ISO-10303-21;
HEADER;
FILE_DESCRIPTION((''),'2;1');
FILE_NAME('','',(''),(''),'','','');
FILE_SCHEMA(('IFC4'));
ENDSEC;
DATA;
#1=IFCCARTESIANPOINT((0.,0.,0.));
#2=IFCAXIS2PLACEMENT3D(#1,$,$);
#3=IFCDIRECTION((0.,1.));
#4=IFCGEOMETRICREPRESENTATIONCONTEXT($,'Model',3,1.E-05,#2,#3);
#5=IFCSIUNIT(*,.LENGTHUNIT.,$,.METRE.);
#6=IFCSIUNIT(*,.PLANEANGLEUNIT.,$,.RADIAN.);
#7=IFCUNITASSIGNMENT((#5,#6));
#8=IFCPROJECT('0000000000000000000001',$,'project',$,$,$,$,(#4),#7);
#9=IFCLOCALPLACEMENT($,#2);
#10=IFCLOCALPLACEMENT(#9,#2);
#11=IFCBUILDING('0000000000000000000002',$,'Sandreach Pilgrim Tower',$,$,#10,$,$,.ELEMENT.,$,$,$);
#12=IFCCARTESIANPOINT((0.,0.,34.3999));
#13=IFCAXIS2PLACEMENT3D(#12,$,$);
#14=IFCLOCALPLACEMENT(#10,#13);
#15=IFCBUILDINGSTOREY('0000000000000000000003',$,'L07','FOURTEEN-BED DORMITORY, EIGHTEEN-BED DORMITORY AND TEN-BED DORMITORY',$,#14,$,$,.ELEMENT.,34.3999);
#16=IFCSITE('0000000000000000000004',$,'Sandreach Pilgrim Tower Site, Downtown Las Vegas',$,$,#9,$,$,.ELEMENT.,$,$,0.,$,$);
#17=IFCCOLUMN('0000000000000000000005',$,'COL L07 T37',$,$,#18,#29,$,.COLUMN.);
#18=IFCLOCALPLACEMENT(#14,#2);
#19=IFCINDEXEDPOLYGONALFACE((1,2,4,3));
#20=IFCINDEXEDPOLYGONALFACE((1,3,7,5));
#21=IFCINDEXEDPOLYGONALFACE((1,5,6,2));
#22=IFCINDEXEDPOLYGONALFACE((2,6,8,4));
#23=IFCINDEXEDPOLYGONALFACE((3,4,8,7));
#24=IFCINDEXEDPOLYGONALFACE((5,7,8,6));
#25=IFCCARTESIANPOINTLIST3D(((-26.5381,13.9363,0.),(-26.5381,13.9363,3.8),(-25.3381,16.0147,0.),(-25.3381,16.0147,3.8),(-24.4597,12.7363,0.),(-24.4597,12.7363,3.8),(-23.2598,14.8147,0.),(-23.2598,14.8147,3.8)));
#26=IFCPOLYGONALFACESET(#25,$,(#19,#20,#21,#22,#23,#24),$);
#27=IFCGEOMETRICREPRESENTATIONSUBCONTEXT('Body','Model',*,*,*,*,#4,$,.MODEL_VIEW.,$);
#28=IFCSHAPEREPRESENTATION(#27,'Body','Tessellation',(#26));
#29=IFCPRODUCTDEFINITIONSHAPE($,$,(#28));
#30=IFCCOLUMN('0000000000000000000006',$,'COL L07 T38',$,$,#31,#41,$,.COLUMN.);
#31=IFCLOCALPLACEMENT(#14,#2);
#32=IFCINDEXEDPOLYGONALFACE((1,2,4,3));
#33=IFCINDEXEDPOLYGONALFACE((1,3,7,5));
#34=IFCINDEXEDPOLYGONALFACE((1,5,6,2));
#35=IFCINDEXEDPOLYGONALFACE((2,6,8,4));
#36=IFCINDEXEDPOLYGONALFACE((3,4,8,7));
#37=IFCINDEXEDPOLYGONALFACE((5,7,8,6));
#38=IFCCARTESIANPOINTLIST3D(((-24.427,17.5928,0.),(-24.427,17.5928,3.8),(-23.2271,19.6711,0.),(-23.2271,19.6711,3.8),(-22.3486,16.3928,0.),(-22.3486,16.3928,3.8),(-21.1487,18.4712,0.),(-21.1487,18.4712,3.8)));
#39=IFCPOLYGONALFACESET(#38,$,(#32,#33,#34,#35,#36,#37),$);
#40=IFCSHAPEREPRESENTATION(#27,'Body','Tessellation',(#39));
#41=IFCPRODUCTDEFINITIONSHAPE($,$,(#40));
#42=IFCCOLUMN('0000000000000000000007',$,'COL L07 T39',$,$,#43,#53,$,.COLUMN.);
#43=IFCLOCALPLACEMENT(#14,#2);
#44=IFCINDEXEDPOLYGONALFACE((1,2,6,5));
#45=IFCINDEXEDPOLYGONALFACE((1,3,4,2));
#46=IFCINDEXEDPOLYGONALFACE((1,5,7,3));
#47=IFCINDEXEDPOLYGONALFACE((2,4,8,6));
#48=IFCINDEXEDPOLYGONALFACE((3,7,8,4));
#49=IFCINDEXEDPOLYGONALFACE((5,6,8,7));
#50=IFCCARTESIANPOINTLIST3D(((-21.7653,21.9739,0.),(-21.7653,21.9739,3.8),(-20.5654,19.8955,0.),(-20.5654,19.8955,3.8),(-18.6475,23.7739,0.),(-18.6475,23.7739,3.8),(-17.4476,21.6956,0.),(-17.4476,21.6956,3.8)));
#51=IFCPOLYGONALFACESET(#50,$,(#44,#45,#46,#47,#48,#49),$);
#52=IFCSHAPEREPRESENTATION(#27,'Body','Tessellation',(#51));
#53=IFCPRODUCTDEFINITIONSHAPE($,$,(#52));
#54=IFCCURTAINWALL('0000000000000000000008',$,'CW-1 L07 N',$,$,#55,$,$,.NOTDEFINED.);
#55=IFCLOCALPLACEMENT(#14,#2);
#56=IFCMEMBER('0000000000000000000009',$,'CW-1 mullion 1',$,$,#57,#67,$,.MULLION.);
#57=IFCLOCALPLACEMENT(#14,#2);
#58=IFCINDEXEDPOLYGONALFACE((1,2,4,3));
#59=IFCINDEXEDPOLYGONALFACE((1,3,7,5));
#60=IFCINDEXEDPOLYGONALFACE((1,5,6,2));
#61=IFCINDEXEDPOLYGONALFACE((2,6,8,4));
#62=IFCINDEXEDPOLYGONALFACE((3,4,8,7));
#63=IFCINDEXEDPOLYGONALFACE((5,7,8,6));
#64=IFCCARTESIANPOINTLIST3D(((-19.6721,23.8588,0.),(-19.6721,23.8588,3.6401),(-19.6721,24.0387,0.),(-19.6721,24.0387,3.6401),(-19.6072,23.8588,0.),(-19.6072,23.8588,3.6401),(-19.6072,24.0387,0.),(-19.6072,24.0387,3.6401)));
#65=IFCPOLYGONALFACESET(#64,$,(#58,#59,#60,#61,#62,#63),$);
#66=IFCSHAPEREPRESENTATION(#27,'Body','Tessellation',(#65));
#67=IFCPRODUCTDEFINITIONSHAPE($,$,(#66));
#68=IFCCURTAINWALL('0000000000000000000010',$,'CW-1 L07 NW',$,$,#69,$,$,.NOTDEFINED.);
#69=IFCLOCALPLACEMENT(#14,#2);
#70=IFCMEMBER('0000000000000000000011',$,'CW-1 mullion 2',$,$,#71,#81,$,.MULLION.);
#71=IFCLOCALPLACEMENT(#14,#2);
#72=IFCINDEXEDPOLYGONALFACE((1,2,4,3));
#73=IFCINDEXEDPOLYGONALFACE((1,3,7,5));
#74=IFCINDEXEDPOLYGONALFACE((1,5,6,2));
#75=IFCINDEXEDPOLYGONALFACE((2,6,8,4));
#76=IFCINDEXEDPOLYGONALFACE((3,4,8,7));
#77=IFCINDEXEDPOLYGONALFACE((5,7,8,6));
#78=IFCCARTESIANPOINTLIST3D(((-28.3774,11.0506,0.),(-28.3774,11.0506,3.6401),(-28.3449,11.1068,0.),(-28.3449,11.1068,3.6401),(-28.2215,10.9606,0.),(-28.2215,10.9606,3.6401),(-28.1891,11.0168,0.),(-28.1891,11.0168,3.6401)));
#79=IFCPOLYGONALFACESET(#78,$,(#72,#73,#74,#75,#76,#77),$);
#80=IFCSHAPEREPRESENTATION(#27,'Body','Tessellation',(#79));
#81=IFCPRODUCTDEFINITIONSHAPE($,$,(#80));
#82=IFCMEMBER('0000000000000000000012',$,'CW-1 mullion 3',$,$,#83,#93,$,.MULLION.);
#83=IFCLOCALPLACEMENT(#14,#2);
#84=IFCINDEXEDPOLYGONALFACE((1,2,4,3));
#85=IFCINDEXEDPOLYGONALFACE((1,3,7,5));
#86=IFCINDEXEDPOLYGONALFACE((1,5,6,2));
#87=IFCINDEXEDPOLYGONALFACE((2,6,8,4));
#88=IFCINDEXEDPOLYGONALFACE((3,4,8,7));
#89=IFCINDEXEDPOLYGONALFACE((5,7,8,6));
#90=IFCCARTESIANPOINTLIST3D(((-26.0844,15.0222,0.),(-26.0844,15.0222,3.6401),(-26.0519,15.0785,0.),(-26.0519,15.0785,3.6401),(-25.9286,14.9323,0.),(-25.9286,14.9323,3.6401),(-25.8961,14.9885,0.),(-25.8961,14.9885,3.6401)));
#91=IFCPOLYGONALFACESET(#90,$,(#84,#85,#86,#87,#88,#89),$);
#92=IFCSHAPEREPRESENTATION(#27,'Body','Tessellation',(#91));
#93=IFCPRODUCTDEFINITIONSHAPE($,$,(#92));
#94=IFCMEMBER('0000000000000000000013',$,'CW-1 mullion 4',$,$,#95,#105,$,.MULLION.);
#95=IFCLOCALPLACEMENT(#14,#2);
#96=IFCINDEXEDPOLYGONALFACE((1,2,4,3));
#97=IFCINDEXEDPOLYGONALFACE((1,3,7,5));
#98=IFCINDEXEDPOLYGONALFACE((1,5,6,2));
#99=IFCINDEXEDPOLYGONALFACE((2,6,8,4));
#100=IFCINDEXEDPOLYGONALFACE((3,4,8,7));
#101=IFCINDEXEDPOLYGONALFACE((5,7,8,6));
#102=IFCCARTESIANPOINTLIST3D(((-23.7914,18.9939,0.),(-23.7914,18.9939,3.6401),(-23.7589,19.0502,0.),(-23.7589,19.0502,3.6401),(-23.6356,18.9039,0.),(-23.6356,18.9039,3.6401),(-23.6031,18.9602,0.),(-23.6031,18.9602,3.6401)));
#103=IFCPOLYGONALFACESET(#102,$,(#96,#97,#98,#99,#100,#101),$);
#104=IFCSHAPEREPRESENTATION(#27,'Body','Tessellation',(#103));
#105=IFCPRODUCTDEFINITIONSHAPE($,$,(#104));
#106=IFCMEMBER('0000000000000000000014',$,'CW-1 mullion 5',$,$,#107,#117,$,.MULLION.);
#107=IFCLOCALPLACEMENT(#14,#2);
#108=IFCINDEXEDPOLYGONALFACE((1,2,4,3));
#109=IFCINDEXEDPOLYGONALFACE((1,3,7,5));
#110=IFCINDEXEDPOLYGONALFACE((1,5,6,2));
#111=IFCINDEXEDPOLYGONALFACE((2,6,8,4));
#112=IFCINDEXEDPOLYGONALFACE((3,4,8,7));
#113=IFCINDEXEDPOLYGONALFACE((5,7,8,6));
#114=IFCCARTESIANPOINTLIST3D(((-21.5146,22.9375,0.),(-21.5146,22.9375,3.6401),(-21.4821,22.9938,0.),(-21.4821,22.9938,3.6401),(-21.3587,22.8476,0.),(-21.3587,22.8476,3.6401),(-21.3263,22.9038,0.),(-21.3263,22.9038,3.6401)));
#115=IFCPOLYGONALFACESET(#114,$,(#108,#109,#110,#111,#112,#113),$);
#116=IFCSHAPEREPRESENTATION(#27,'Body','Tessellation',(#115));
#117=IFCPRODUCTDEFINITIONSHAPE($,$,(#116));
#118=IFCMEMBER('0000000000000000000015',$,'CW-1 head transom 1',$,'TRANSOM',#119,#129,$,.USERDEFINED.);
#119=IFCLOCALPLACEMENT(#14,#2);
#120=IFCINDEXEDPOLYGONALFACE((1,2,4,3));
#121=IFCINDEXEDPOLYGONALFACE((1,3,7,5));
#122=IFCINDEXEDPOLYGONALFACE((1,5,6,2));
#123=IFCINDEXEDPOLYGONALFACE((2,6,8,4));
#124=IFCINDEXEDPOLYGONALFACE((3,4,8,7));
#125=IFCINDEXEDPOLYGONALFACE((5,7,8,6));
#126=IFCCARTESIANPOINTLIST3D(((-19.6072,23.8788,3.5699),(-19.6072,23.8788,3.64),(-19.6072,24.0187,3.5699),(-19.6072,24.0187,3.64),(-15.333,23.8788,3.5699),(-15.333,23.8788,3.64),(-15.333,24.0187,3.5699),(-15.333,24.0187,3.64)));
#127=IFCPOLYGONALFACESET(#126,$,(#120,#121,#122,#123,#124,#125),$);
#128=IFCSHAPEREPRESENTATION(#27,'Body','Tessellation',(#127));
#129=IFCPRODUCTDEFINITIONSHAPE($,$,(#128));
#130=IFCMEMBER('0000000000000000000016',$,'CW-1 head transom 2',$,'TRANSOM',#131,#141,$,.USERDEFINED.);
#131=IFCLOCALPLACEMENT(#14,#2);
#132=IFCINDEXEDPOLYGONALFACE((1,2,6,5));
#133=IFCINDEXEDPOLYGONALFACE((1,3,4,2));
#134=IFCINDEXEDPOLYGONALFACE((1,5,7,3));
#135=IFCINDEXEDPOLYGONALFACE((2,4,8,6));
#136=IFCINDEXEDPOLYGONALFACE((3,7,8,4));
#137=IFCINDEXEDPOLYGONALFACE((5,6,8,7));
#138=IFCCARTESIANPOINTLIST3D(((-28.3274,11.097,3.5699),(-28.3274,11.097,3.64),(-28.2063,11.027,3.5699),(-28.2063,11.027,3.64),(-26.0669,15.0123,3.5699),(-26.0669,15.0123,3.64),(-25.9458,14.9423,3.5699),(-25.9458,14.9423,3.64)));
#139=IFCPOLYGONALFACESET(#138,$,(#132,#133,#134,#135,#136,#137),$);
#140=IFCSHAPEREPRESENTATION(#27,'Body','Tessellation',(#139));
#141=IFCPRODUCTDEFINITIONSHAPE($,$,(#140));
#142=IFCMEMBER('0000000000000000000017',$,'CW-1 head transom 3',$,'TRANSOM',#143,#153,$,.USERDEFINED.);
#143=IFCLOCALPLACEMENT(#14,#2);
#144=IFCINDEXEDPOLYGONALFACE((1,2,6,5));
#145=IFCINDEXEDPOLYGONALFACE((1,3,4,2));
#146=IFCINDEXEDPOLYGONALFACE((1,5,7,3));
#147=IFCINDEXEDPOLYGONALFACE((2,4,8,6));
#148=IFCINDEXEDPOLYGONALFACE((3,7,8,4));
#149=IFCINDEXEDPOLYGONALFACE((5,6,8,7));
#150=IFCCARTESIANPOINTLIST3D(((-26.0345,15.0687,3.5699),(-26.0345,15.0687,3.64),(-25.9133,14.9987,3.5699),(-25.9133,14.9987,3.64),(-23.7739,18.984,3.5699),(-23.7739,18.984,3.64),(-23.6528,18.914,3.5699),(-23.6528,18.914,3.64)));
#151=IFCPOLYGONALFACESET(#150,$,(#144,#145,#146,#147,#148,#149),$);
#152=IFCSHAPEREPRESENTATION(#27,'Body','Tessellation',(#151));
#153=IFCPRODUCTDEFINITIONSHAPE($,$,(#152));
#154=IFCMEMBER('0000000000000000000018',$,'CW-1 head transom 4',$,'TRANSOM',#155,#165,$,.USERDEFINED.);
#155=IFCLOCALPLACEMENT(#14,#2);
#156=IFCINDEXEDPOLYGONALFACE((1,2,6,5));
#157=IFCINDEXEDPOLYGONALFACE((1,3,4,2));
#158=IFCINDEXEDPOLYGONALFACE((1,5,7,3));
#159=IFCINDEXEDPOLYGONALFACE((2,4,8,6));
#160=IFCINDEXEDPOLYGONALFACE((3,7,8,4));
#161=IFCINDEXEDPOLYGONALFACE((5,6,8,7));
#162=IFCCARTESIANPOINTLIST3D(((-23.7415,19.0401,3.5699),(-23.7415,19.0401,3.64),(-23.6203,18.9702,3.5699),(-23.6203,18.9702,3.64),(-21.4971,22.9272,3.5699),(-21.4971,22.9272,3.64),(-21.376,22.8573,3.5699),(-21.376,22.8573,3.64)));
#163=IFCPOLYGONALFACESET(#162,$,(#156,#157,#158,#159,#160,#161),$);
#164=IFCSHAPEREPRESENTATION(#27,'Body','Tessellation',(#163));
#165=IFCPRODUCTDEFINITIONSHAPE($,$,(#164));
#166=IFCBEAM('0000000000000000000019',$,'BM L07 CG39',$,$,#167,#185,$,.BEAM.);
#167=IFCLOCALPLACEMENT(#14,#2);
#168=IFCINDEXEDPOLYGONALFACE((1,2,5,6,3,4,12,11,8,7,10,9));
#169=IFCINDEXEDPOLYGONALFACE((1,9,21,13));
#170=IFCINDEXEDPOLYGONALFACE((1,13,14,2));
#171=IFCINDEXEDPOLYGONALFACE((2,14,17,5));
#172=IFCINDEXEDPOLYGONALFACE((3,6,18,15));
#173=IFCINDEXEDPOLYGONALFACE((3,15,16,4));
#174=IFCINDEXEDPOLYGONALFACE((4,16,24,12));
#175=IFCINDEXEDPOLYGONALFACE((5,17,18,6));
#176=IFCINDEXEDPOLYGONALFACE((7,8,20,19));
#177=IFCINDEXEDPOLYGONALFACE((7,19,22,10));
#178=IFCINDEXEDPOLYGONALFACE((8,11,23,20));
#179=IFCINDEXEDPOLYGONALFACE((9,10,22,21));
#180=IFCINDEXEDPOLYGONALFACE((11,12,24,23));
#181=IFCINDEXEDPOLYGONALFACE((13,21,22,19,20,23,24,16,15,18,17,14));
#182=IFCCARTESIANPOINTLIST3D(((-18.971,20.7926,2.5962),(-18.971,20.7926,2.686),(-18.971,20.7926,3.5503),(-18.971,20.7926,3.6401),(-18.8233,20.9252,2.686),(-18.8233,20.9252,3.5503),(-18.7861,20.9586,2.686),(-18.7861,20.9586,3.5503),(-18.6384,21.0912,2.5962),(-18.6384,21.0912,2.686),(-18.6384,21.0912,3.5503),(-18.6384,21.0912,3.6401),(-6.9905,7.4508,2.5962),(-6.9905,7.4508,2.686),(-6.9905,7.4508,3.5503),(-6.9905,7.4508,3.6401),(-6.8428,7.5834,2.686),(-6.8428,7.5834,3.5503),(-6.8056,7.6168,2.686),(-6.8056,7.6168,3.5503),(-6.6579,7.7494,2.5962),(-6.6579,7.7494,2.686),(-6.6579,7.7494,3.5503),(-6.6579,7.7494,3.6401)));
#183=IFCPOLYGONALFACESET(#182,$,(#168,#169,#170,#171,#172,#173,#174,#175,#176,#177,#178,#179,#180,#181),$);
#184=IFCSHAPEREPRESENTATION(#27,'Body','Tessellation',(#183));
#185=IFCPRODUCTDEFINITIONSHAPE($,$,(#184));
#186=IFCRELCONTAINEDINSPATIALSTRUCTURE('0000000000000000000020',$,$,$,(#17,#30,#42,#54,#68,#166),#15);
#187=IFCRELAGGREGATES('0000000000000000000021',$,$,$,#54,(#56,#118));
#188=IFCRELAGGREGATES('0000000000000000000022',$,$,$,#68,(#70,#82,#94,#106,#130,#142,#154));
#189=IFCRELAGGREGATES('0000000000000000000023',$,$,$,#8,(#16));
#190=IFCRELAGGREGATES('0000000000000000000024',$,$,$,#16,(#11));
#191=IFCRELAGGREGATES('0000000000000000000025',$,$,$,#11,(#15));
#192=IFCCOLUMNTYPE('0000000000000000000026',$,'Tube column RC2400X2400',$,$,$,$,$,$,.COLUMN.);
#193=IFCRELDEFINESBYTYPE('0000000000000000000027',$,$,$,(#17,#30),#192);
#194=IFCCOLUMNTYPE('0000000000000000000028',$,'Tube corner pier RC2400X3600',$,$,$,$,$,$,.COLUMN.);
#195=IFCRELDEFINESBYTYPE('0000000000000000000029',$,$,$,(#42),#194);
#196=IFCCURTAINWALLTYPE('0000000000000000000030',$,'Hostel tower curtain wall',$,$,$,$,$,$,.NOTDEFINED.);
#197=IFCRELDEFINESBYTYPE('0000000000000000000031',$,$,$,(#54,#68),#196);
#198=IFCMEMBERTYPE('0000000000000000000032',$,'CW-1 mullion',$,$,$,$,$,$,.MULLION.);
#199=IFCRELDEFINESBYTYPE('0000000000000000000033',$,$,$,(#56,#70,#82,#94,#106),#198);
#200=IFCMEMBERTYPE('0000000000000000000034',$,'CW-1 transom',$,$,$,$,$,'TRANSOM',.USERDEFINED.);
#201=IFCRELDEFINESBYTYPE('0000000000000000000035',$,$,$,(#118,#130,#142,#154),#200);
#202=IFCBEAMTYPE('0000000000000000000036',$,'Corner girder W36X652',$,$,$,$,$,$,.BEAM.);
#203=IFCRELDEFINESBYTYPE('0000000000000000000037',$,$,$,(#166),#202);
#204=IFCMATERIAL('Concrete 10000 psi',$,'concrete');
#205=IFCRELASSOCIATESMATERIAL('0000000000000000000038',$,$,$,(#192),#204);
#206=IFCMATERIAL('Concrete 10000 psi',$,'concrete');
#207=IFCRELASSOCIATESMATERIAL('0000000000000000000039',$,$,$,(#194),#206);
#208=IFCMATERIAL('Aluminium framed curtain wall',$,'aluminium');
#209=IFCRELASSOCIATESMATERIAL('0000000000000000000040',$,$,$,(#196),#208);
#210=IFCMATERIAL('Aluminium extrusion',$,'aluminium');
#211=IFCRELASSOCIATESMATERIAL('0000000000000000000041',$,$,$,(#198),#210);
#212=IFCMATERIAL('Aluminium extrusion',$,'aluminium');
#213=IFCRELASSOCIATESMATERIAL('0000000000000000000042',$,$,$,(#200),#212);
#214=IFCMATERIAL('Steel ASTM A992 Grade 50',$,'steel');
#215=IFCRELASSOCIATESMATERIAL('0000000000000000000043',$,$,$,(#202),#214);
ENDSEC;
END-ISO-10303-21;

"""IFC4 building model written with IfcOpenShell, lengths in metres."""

from ifc_helpers import new_model, si_unit, direction, frame, origin, origin_2d, place, context, subcontext, project, spatial, rectangle, i_section, extrude, material, material_profile, profile_set, type_object, element, aggregate, save


model = new_model("IFC4")

# Units and contexts
model_context = context("Model", 3, precision=1e-05, world=origin(), true_north=direction((0.0, 1.0)))
body_context = subcontext(model_context, "Body", "Model", "MODEL_VIEW")
ifc_project = project(units=[si_unit("LENGTHUNIT", "METRE"), si_unit("PLANEANGLEUNIT", "RADIAN")], contexts=[model_context])

# Site, building, storey
site_placement = place(None, origin())
site = spatial("IfcSite", under=ifc_project, at=site_placement, Name="Sandreach Pilgrim Tower Site, Downtown Las Vegas", CompositionType="ELEMENT", RefElevation=0.0)
building_placement = place(site_placement, origin())
building = spatial("IfcBuilding", under=site, at=building_placement, Name="Sandreach Pilgrim Tower", CompositionType="ELEMENT")
storey_placement = place(building_placement, frame((0.0, 0.0, 34.3999)))
storey = spatial("IfcBuildingStorey", under=building, at=storey_placement, Name="L07", Description="FOURTEEN-BED DORMITORY, EIGHTEEN-BED DORMITORY AND TEN-BED DORMITORY", CompositionType="ELEMENT", Elevation=34.3999)

# Columns
ifc_material_1 = material(Name="Concrete 10000 psi", Category="concrete")
ifc_material_profile_1 = material_profile(ifc_material_1, rectangle(XDim=2.3999, YDim=2.3999, at=origin_2d()), Name="RC2400X2400")
ifc_profile_set_1 = profile_set([ifc_material_profile_1], Name="Concrete 10000 psi")
column_type_1 = type_object("IfcColumnType", Name="Tube column RC2400X2400", PredefinedType="COLUMN", material=ifc_profile_set_1)
for number, where, z_axis, x_axis, name in (
    (1, (-24.8989, 14.3755, 0.0), (0.0, 0.0, 1.0), (-0.866025, 0.5, 0.0), "COL L07 T37"),
    (2, (-22.7878, 18.032, 0.0), (0.0, 0.0, 1.0), (-0.866025, 0.5, 0.0), "COL L07 T38"),
):
    element("IfcColumn", number, at=place(storey_placement, frame(where, z_axis=z_axis, x_axis=x_axis)), inside=storey, type_object=column_type_1, Name=name, PredefinedType="COLUMN", context=body_context, shape_type="SweptSolid", body=[
        extrude(rectangle(XDim=2.3999, YDim=2.3999, at=origin_2d()), origin(), (0.0, 0.0, 1.0), 3.8),
    ])
ifc_material_2 = material(Name="Concrete 10000 psi", Category="concrete")
ifc_material_profile_2 = material_profile(ifc_material_2, rectangle(XDim=2.3999, YDim=3.6001, at=origin_2d()), Name="RC2400X3600")
ifc_profile_set_2 = profile_set([ifc_material_profile_2], Name="Concrete 10000 psi")
column_type_2 = type_object("IfcColumnType", Name="Tube corner pier RC2400X3600", PredefinedType="COLUMN", material=ifc_profile_set_2)
column_placement = place(storey_placement, frame((-19.6064, 21.8347, 0.0), z_axis=(0.0, 0.0, 1.0), x_axis=(-0.5, 0.866025, 0.0)))
element("IfcColumn", 3, at=column_placement, inside=storey, type_object=column_type_2, Name="COL L07 T39", PredefinedType="COLUMN", context=body_context, shape_type="SweptSolid", body=[
    extrude(rectangle(XDim=2.3999, YDim=3.6001, at=origin_2d()), origin(), (0.0, 0.0, 1.0), 3.8),
])

# Curtain wall, member
ifc_material_3 = material(Name="Aluminium framed curtain wall", Category="aluminium")
curtain_wall_type = type_object("IfcCurtainWallType", Name="Hostel tower curtain wall", PredefinedType="NOTDEFINED", material=ifc_material_3)
curtain_wall_1_placement = place(storey_placement, origin())
curtain_wall_1 = element("IfcCurtainWall", 4, at=curtain_wall_1_placement, inside=storey, type_object=curtain_wall_type, Name="CW-1 L07 N", PredefinedType="NOTDEFINED")
ifc_material_4 = material(Name="Aluminium extrusion", Category="aluminium")
ifc_material_profile_3 = material_profile(ifc_material_4, rectangle(XDim=0.0649, YDim=0.1799, at=origin_2d()), Name="CW-1M 65X180")
ifc_profile_set_3 = profile_set([ifc_material_profile_3], Name="Aluminium extrusion")
member_type_1 = type_object("IfcMemberType", Name="CW-1 mullion", PredefinedType="MULLION", material=ifc_profile_set_3)
member_1_placement = place(storey_placement, frame((-19.6396, 23.9487, 0.0), z_axis=(0.0, 0.0, 1.0), x_axis=(1.0, 0.0, 0.0)))
member_1 = element("IfcMember", 5, at=member_1_placement, type_object=member_type_1, Name="CW-1 mullion 1", PredefinedType="MULLION", context=body_context, shape_type="SweptSolid", body=[
    extrude(rectangle(XDim=0.0649, YDim=0.1799, at=origin_2d()), origin(), (0.0, 0.0, 1.0), 3.6401),
])

# Curtain wall, members
curtain_wall_2_placement = place(storey_placement, origin())
curtain_wall_2 = element("IfcCurtainWall", 6, at=curtain_wall_2_placement, inside=storey, type_object=curtain_wall_type, Name="CW-1 L07 NW", PredefinedType="NOTDEFINED")
member_2_placement = place(storey_placement, frame((-28.2832, 11.0337, 0.0), z_axis=(0.0, 0.0, 1.0), x_axis=(0.5, 0.866025, 0.0)))
member_2 = element("IfcMember", 7, at=member_2_placement, type_object=member_type_1, Name="CW-1 mullion 2", PredefinedType="MULLION", context=body_context, shape_type="SweptSolid", body=[
    extrude(rectangle(XDim=0.0649, YDim=0.1799, at=origin_2d()), origin(), (0.0, 0.0, 1.0), 3.6401),
])
member_3_placement = place(storey_placement, frame((-25.9902, 15.0054, 0.0), z_axis=(0.0, 0.0, 1.0), x_axis=(0.5, 0.866025, 0.0)))
member_3 = element("IfcMember", 8, at=member_3_placement, type_object=member_type_1, Name="CW-1 mullion 3", PredefinedType="MULLION", context=body_context, shape_type="SweptSolid", body=[
    extrude(rectangle(XDim=0.0649, YDim=0.1799, at=origin_2d()), origin(), (0.0, 0.0, 1.0), 3.6401),
])
member_4_placement = place(storey_placement, frame((-23.6973, 18.9771, 0.0), z_axis=(0.0, 0.0, 1.0), x_axis=(0.5, 0.866025, 0.0)))
member_4 = element("IfcMember", 9, at=member_4_placement, type_object=member_type_1, Name="CW-1 mullion 4", PredefinedType="MULLION", context=body_context, shape_type="SweptSolid", body=[
    extrude(rectangle(XDim=0.0649, YDim=0.1799, at=origin_2d()), origin(), (0.0, 0.0, 1.0), 3.6401),
])
member_5_placement = place(storey_placement, frame((-21.4204, 22.9207, 0.0), z_axis=(0.0, 0.0, 1.0), x_axis=(0.5, 0.866025, 0.0)))
member_5 = element("IfcMember", 10, at=member_5_placement, type_object=member_type_1, Name="CW-1 mullion 5", PredefinedType="MULLION", context=body_context, shape_type="SweptSolid", body=[
    extrude(rectangle(XDim=0.0649, YDim=0.1799, at=origin_2d()), origin(), (0.0, 0.0, 1.0), 3.6401),
])

# Members
ifc_material_5 = material(Name="Aluminium extrusion", Category="aluminium")
ifc_material_profile_4 = material_profile(ifc_material_5, rectangle(XDim=0.1399, YDim=0.0701, at=origin_2d()), Name="CW-1T 140X70")
ifc_profile_set_4 = profile_set([ifc_material_profile_4], Name="Aluminium extrusion")
member_type_2 = type_object("IfcMemberType", Name="CW-1 transom", ElementType="TRANSOM", PredefinedType="USERDEFINED", material=ifc_profile_set_4)
member_6_placement = place(storey_placement, frame((-19.6072, 23.9487, 3.605), z_axis=(1.0, 0.0, 0.0), x_axis=(0.0, 1.0, 0.0)))
member_6 = element("IfcMember", 11, at=member_6_placement, type_object=member_type_2, Name="CW-1 head transom 1", ObjectType="TRANSOM", PredefinedType="USERDEFINED", context=body_context, shape_type="SweptSolid", body=[
    extrude(rectangle(XDim=0.1399, YDim=0.0701, at=origin_2d()), origin(), (0.0, 0.0, 1.0), 4.2742),
])
member_7_placement = place(storey_placement, frame((-28.2668, 11.062, 3.605), z_axis=(0.500001, 0.866025, 0.0), x_axis=(-0.866025, 0.500001, 0.0)))
member_7 = element("IfcMember", 12, at=member_7_placement, type_object=member_type_2, Name="CW-1 head transom 2", ObjectType="TRANSOM", PredefinedType="USERDEFINED", context=body_context, shape_type="SweptSolid", body=[
    extrude(rectangle(XDim=0.1399, YDim=0.0701, at=origin_2d()), origin(), (0.0, 0.0, 1.0), 4.521),
])
member_8_placement = place(storey_placement, frame((-25.9739, 15.0337, 3.605), z_axis=(0.500001, 0.866025, 0.0), x_axis=(-0.866025, 0.500001, 0.0)))
member_8 = element("IfcMember", 13, at=member_8_placement, type_object=member_type_2, Name="CW-1 head transom 3", ObjectType="TRANSOM", PredefinedType="USERDEFINED", context=body_context, shape_type="SweptSolid", body=[
    extrude(rectangle(XDim=0.1399, YDim=0.0701, at=origin_2d()), origin(), (0.0, 0.0, 1.0), 4.521),
])
member_9_placement = place(storey_placement, frame((-23.6809, 19.0051, 3.605), z_axis=(0.500018, 0.866015, 0.0), x_axis=(-0.866015, 0.500018, 0.0)))
member_9 = element("IfcMember", 14, at=member_9_placement, type_object=member_type_2, Name="CW-1 head transom 4", ObjectType="TRANSOM", PredefinedType="USERDEFINED", context=body_context, shape_type="SweptSolid", body=[
    extrude(rectangle(XDim=0.1399, YDim=0.0701, at=origin_2d()), origin(), (0.0, 0.0, 1.0), 4.4885),
])

# Beam
ifc_material_6 = material(Name="Steel ASTM A992 Grade 50", Category="steel")
ifc_material_profile_5 = material_profile(ifc_material_6, i_section(OverallWidth=0.447, OverallDepth=1.0439, WebThickness=0.05, FlangeThickness=0.0898, at=origin_2d()), Name="W36X652")
ifc_profile_set_5 = profile_set([ifc_material_profile_5], Name="Steel ASTM A992 Grade 50")
beam_type_1 = type_object("IfcBeamType", Name="Corner girder W36X652", PredefinedType="BEAM", material=ifc_profile_set_5)
beam_1_placement = place(storey_placement, frame((-18.8047, 20.9419, 3.1182), z_axis=(0.668128, -0.744047, 0.0), x_axis=(0.744047, 0.668128, 0.0)))
element("IfcBeam", 15, at=beam_1_placement, inside=storey, type_object=beam_type_1, Name="BM L07 CG39", PredefinedType="BEAM", context=body_context, shape_type="SweptSolid", body=[
    extrude(i_section(OverallWidth=0.447, OverallDepth=1.0439, WebThickness=0.05, FlangeThickness=0.0898, at=origin_2d()), origin(), (0.0, 0.0, 1.0), 17.9314),
])

aggregate(curtain_wall_1, [member_1, member_6])
aggregate(curtain_wall_2, [member_2, member_3, member_4, member_5, member_7, member_8, member_9])

save(model, "model.ifc")
